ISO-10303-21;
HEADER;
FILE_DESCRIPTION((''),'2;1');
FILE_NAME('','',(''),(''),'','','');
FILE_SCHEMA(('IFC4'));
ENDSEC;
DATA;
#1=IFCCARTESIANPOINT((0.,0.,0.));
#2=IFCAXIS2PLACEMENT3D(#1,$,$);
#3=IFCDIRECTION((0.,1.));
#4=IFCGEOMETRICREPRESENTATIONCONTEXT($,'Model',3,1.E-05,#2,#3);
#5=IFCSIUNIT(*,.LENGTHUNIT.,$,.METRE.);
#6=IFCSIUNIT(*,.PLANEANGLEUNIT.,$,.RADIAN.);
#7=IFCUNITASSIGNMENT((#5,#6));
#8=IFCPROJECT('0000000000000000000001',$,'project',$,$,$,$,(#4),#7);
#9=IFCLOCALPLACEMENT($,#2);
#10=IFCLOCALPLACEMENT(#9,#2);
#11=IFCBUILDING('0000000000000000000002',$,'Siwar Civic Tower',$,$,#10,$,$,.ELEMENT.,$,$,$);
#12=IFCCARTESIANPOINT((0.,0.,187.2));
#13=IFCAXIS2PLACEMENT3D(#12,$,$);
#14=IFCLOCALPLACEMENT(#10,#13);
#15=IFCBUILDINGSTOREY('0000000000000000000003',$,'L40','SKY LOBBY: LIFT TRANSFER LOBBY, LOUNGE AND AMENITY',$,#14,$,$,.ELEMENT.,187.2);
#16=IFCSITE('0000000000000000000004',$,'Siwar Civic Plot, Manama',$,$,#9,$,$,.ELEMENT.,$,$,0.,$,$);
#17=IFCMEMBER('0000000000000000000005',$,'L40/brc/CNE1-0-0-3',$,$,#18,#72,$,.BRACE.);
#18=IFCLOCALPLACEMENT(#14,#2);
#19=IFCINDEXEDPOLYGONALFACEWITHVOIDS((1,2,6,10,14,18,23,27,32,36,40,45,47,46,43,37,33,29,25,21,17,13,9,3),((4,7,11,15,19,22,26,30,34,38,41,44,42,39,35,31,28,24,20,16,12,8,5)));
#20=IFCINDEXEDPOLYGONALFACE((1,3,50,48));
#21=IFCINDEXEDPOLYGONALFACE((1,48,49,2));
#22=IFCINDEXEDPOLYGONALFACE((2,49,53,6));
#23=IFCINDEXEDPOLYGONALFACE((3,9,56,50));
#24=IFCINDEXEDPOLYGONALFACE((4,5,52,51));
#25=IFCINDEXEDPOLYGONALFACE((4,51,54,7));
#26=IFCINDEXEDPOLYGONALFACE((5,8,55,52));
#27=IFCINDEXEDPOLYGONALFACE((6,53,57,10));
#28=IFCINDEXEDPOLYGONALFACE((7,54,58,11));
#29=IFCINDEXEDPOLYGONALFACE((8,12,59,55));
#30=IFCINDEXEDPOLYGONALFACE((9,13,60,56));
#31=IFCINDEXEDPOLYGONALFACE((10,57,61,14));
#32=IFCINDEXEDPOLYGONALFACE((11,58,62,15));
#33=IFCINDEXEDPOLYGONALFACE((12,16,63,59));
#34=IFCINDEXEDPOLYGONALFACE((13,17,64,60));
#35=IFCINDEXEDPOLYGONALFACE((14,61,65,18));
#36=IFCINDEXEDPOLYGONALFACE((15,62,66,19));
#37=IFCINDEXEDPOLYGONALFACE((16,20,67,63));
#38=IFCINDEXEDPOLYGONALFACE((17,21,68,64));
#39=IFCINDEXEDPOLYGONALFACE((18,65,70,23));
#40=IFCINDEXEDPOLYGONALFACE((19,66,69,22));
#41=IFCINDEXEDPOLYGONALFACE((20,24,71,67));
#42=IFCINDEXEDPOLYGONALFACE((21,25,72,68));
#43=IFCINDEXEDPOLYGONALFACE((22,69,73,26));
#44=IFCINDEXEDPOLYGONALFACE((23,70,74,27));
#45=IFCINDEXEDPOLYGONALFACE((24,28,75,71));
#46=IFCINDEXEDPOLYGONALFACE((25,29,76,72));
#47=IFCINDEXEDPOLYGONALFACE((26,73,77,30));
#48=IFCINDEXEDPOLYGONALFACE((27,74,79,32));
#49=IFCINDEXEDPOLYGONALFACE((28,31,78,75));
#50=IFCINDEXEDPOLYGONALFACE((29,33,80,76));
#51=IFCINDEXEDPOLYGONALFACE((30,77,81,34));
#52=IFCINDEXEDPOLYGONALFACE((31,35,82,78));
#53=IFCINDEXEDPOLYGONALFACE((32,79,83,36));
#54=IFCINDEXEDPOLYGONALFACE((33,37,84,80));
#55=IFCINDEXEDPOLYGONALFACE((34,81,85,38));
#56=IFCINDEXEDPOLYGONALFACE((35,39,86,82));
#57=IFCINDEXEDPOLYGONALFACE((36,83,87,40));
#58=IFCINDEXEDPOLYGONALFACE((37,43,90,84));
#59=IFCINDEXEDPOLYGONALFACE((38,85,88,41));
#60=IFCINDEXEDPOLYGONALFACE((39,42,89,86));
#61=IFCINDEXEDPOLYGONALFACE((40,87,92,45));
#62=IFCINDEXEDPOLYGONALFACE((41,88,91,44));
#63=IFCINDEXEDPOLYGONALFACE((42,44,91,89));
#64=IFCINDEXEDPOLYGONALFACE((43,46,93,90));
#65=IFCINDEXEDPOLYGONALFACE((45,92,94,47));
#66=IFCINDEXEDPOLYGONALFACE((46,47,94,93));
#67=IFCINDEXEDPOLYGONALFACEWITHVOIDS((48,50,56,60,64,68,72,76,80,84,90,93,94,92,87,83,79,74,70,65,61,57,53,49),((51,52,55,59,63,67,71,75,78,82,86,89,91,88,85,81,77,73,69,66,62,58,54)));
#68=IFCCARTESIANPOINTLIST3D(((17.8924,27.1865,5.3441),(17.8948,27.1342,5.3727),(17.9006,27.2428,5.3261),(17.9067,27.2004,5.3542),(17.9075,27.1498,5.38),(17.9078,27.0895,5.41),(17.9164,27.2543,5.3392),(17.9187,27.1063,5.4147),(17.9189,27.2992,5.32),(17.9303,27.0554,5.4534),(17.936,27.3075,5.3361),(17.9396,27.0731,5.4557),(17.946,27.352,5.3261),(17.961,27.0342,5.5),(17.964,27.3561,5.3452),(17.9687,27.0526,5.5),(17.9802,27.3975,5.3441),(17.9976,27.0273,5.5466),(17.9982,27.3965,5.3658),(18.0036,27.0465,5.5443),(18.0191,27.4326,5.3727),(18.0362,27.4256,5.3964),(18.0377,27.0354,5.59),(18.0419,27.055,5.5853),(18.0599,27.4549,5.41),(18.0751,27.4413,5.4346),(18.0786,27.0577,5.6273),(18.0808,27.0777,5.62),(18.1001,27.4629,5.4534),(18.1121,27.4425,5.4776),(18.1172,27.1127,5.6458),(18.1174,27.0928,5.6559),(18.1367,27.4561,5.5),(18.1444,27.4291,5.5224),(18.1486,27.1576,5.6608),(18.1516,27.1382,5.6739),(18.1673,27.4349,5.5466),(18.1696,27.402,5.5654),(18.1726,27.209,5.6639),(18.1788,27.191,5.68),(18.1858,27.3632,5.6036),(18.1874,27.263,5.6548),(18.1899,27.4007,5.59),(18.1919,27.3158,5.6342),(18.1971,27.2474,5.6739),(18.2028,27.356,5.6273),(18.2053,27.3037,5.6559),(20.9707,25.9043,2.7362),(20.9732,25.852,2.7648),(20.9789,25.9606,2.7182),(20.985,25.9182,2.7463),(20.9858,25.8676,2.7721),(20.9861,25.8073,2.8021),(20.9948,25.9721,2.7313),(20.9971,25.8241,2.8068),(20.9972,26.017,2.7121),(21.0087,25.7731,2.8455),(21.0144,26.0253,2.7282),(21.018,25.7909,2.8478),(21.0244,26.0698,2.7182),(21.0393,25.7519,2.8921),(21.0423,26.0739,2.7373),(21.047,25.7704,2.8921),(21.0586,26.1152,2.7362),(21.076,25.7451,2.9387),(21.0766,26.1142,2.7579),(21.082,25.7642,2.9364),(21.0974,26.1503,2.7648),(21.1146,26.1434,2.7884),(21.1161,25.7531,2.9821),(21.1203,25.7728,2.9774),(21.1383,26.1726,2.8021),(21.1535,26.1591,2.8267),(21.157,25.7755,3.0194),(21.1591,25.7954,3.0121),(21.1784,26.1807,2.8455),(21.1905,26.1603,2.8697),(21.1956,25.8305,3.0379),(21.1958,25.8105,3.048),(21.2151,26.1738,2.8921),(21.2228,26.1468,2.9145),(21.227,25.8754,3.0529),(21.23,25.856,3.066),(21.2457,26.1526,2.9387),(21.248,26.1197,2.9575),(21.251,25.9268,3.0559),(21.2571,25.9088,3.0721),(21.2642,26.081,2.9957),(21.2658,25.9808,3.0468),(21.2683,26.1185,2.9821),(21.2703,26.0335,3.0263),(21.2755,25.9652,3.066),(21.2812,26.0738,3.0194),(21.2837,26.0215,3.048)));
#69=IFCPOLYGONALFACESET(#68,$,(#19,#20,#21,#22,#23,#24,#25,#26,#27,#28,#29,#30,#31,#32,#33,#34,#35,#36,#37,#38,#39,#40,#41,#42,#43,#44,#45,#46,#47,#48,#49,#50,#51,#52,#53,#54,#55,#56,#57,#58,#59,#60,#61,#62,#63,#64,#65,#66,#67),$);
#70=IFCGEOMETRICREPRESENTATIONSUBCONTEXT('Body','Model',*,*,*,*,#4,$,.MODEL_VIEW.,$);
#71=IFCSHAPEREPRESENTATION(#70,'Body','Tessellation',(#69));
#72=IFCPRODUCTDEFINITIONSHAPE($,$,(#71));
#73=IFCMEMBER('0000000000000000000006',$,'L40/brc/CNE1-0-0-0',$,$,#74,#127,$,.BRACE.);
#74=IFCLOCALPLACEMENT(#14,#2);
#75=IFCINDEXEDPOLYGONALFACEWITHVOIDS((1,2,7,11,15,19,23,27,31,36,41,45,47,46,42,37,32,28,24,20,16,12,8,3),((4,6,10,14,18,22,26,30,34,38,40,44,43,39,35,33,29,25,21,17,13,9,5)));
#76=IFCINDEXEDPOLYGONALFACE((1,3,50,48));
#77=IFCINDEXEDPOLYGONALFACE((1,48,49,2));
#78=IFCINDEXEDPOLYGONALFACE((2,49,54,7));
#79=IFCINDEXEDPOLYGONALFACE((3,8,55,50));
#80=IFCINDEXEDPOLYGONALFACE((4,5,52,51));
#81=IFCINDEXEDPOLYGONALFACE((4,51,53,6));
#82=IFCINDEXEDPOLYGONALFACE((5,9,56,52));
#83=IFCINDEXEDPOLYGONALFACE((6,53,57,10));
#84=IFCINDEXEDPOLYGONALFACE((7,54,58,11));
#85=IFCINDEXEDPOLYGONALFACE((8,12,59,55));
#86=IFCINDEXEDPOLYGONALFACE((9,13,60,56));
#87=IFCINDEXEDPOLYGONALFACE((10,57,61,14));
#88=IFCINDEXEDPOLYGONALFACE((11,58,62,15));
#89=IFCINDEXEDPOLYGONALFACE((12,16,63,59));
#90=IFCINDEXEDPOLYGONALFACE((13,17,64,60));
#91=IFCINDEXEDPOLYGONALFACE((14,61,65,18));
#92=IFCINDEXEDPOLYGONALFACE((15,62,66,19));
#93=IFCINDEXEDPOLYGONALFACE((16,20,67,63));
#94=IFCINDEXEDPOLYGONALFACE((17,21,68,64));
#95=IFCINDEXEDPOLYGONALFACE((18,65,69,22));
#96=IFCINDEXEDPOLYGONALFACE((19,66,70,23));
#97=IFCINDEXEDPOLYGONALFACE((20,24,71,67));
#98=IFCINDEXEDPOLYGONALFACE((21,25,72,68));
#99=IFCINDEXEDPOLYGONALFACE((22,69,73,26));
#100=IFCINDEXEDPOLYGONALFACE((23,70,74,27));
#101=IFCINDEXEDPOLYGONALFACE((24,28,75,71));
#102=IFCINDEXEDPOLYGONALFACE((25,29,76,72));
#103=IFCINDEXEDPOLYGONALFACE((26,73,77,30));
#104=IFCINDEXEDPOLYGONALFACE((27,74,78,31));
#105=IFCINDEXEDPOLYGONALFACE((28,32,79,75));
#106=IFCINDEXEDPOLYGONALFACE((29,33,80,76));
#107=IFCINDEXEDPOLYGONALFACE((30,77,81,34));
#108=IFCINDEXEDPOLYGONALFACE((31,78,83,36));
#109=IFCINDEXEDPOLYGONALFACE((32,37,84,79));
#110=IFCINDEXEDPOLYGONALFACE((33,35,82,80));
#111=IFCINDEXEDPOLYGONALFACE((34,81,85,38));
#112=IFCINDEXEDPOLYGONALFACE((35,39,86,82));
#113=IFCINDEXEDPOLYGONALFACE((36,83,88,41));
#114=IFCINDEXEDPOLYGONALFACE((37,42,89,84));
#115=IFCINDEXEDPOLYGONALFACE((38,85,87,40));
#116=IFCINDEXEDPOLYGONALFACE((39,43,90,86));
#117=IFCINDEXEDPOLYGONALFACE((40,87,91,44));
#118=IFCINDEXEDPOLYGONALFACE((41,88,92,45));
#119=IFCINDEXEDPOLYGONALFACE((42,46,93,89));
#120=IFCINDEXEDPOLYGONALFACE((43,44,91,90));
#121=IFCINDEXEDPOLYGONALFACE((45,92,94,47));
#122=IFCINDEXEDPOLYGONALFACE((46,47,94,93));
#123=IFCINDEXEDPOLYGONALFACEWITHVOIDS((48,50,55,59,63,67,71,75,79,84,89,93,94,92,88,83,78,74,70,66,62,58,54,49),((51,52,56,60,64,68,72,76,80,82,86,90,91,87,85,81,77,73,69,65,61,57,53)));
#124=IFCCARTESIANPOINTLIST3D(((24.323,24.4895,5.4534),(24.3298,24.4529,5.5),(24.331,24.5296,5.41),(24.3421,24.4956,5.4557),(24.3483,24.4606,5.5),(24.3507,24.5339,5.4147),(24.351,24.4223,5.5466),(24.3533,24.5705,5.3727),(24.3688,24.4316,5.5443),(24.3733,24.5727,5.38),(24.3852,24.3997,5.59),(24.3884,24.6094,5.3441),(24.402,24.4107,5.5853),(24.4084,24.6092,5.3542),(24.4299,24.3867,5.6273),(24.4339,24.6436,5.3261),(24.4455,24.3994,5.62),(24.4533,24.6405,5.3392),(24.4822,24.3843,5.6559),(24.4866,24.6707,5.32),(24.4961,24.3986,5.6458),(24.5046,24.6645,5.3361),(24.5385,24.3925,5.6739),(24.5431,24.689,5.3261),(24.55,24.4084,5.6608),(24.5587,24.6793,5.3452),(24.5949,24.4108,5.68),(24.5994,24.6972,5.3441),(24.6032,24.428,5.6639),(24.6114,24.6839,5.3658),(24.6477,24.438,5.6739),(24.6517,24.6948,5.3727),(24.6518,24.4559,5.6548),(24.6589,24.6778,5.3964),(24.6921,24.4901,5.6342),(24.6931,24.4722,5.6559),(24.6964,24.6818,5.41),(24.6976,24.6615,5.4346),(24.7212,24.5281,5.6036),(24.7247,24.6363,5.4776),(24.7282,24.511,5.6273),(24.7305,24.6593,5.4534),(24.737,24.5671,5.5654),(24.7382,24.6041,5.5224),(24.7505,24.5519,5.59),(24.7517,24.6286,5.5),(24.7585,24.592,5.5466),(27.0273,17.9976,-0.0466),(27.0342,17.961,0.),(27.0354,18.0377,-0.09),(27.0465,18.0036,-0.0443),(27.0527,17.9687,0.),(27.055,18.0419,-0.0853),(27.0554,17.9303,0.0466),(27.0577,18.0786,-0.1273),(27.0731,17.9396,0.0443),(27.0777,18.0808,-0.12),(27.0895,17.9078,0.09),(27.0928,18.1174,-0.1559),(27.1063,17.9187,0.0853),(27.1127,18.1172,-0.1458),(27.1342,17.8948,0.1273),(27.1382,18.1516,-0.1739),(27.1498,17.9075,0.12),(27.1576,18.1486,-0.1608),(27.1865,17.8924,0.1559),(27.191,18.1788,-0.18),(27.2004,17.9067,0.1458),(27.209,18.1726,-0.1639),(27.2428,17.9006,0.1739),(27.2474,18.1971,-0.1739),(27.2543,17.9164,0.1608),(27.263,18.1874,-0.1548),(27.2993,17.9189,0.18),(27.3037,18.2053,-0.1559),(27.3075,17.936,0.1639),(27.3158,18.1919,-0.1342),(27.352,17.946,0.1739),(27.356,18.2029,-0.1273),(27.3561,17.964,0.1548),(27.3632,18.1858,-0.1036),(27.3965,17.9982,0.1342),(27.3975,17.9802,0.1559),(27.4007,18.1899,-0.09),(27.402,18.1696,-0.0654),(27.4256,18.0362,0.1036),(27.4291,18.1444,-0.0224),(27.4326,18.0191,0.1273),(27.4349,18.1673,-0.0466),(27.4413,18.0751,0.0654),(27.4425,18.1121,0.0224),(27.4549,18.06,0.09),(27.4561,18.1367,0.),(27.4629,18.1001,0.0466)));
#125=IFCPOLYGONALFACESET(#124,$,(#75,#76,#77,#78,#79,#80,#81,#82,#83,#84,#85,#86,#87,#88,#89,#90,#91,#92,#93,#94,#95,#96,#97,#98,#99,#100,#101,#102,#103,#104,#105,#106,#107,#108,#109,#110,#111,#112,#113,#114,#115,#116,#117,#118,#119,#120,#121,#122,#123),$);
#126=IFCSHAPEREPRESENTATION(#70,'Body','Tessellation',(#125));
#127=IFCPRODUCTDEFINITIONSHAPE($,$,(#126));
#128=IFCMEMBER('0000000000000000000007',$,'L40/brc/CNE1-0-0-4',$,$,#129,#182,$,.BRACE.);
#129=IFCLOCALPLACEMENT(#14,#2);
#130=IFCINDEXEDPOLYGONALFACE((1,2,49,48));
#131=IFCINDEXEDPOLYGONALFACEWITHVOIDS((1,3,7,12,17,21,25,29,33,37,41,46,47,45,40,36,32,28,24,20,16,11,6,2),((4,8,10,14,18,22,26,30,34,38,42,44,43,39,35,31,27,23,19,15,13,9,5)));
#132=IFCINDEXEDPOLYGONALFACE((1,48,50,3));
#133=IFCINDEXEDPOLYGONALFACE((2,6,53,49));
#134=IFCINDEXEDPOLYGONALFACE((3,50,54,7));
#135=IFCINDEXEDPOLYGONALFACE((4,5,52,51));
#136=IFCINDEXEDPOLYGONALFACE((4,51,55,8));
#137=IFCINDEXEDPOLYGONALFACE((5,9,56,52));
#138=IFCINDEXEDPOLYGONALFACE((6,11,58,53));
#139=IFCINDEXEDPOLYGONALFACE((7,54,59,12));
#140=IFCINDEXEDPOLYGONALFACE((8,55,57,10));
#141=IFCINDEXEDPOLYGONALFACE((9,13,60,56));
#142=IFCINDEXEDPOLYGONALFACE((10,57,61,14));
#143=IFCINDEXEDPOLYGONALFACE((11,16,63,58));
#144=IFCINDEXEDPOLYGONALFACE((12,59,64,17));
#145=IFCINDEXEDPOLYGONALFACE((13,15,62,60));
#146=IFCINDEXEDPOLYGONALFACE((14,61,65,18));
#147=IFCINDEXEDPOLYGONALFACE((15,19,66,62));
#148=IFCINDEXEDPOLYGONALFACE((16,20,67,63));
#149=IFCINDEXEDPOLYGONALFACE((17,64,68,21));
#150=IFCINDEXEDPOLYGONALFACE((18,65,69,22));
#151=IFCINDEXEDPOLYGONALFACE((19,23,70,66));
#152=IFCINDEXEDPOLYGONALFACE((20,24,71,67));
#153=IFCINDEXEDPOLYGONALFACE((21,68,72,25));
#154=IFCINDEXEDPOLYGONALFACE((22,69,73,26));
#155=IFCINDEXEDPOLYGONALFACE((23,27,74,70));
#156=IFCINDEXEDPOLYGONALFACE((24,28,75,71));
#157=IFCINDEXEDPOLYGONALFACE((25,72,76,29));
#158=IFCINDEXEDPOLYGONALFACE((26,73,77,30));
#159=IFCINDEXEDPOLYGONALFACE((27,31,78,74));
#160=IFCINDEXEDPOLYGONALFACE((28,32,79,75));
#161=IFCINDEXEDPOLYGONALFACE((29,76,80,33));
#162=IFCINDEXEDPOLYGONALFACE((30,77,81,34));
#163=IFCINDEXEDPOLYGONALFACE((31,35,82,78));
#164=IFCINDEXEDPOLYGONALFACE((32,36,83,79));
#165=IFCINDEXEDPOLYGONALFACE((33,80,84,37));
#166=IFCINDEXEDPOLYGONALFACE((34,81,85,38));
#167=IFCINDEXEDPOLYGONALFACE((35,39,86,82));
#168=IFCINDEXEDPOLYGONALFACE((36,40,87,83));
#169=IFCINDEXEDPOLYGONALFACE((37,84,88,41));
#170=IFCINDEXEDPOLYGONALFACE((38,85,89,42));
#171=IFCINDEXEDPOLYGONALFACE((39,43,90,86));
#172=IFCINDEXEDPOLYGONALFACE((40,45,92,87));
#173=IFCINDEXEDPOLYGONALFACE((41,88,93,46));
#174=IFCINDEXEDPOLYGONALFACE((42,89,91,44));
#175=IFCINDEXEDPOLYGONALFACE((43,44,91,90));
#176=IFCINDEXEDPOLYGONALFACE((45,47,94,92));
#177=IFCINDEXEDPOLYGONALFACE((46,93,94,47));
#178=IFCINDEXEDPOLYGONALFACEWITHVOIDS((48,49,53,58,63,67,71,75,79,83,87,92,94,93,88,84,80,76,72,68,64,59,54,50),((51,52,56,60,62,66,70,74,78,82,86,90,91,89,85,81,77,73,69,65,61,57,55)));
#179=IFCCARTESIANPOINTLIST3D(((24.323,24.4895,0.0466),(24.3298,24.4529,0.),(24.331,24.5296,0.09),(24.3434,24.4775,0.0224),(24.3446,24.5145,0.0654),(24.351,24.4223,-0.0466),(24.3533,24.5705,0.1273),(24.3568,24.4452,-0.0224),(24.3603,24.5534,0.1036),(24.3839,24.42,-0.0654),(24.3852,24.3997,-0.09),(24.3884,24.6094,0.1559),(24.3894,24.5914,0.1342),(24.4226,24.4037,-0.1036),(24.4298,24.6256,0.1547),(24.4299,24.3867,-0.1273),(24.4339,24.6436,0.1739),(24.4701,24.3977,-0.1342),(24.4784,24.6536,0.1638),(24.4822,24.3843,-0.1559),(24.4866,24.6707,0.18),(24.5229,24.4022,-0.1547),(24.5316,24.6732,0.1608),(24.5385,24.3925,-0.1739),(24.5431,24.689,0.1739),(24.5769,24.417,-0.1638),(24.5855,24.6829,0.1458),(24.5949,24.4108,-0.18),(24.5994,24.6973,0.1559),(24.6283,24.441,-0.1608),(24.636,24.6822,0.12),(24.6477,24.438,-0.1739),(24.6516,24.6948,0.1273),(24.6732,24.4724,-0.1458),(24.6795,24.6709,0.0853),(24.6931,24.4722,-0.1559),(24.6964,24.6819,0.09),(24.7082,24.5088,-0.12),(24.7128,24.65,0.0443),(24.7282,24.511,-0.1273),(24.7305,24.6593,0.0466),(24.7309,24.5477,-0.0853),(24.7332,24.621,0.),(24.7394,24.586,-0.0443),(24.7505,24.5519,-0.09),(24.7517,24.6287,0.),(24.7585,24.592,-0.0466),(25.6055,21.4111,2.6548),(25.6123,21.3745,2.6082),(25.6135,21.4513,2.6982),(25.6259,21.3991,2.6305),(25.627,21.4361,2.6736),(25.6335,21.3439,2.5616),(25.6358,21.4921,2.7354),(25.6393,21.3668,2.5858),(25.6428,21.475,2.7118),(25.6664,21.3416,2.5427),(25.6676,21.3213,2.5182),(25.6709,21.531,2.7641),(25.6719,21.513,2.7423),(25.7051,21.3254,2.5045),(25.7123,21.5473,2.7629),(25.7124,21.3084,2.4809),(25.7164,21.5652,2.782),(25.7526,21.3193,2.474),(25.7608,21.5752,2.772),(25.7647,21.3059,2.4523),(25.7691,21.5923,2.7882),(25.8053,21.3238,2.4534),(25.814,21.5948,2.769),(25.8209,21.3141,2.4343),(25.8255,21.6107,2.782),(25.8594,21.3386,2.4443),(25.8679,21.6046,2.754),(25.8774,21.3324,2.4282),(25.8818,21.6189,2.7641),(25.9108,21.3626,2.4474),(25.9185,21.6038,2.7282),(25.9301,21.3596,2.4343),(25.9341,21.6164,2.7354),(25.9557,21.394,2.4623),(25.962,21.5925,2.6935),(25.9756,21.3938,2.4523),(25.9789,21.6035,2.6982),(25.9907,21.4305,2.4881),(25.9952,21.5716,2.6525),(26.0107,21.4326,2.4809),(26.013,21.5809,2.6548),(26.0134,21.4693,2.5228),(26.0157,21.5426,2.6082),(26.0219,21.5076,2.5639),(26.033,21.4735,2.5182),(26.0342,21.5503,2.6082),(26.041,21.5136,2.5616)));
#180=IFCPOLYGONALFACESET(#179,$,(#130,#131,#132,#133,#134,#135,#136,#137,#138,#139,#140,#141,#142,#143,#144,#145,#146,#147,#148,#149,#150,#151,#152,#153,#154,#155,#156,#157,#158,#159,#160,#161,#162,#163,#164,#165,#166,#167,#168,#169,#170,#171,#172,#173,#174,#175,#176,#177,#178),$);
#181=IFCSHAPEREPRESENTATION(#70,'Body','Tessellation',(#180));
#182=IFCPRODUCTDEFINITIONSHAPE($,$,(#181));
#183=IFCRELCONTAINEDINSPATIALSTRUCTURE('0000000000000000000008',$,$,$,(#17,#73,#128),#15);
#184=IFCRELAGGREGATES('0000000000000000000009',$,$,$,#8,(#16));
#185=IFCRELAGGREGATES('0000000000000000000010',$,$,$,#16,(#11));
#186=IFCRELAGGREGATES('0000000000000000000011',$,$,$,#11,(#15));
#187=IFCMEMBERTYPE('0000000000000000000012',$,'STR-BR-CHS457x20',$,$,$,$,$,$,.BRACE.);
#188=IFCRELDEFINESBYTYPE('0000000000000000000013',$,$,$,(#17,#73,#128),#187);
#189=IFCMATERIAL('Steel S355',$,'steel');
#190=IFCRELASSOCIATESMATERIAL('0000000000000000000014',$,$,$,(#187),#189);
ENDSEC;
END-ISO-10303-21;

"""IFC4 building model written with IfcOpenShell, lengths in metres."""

from ifc_helpers import new_model, si_unit, direction, frame, origin, origin_2d, place, context, subcontext, project, spatial, hollow_circle, extrude, material, material_profile, profile_set, type_object, element, save


model = new_model("IFC4")

# Units and contexts
model_context = context("Model", 3, precision=1e-05, world=origin(), true_north=direction((0.0, 1.0)))
body_context = subcontext(model_context, "Body", "Model", "MODEL_VIEW")
ifc_project = project(units=[si_unit("LENGTHUNIT", "METRE"), si_unit("PLANEANGLEUNIT", "RADIAN")], contexts=[model_context])

# Site, building, storey
site_placement = place(None, origin())
site = spatial("IfcSite", under=ifc_project, at=site_placement, Name="Siwar Civic Plot, Manama", CompositionType="ELEMENT", RefElevation=0.0)
building_placement = place(site_placement, origin())
building = spatial("IfcBuilding", under=site, at=building_placement, Name="Siwar Civic Tower", CompositionType="ELEMENT")
storey_placement = place(building_placement, frame((0.0, 0.0, 187.2)))
storey = spatial("IfcBuildingStorey", under=building, at=storey_placement, Name="L40", Description="SKY LOBBY: LIFT TRANSFER LOBBY, LOUNGE AND AMENITY", CompositionType="ELEMENT", Elevation=187.2)

# Members
ifc_material_1 = material(Name="Steel S355", Category="steel")
ifc_material_profile_1 = material_profile(ifc_material_1, hollow_circle(Radius=0.2285, WallThickness=0.02, at=origin_2d()), Name="CHS457x20")
ifc_profile_set_1 = profile_set([ifc_material_profile_1], Name="Steel S355")
member_type_1 = type_object("IfcMemberType", Name="STR-BR-CHS457x20", PredefinedType="BRACE", material=ifc_profile_set_1)
member_1_placement = place(storey_placement, frame((21.1272, 25.9629, 2.8921), z_axis=(-0.727163, 0.302884, 0.616032), x_axis=(-0.384506, -0.923122, 0.0)))
element("IfcMember", 1, at=member_1_placement, inside=storey, type_object=member_type_1, Name="L40/brc/CNE1-0-0-3", PredefinedType="BRACE", context=body_context, shape_type="SweptSolid", body=[
    extrude(hollow_circle(Radius=0.2285, WallThickness=0.02, at=origin_2d()), origin(), (0.0, 0.0, 1.0), 4.2334),
])
member_2_placement = place(storey_placement, frame((27.2451, 18.0488, 0.0), z_axis=(-0.302907, 0.727146, 0.616041), x_axis=(-0.923109, -0.384539, 0.0)))
element("IfcMember", 2, at=member_2_placement, inside=storey, type_object=member_type_1, Name="L40/brc/CNE1-0-0-0", PredefinedType="BRACE", context=body_context, shape_type="SweptSolid", body=[
    extrude(hollow_circle(Radius=0.2285, WallThickness=0.02, at=origin_2d()), origin(), (0.0, 0.0, 1.0), 8.928),
])
member_3_placement = place(storey_placement, frame((24.5408, 24.5408, 0.0), z_axis=(0.302925, -0.727124, 0.616057), x_axis=(0.923096, 0.384569, 0.0)))
element("IfcMember", 3, at=member_3_placement, inside=storey, type_object=member_type_1, Name="L40/brc/CNE1-0-0-4", PredefinedType="BRACE", context=body_context, shape_type="SweptSolid", body=[
    extrude(hollow_circle(Radius=0.2285, WallThickness=0.02, at=origin_2d()), origin(), (0.0, 0.0, 1.0), 4.2336),
])

save(model, "model.ifc")
